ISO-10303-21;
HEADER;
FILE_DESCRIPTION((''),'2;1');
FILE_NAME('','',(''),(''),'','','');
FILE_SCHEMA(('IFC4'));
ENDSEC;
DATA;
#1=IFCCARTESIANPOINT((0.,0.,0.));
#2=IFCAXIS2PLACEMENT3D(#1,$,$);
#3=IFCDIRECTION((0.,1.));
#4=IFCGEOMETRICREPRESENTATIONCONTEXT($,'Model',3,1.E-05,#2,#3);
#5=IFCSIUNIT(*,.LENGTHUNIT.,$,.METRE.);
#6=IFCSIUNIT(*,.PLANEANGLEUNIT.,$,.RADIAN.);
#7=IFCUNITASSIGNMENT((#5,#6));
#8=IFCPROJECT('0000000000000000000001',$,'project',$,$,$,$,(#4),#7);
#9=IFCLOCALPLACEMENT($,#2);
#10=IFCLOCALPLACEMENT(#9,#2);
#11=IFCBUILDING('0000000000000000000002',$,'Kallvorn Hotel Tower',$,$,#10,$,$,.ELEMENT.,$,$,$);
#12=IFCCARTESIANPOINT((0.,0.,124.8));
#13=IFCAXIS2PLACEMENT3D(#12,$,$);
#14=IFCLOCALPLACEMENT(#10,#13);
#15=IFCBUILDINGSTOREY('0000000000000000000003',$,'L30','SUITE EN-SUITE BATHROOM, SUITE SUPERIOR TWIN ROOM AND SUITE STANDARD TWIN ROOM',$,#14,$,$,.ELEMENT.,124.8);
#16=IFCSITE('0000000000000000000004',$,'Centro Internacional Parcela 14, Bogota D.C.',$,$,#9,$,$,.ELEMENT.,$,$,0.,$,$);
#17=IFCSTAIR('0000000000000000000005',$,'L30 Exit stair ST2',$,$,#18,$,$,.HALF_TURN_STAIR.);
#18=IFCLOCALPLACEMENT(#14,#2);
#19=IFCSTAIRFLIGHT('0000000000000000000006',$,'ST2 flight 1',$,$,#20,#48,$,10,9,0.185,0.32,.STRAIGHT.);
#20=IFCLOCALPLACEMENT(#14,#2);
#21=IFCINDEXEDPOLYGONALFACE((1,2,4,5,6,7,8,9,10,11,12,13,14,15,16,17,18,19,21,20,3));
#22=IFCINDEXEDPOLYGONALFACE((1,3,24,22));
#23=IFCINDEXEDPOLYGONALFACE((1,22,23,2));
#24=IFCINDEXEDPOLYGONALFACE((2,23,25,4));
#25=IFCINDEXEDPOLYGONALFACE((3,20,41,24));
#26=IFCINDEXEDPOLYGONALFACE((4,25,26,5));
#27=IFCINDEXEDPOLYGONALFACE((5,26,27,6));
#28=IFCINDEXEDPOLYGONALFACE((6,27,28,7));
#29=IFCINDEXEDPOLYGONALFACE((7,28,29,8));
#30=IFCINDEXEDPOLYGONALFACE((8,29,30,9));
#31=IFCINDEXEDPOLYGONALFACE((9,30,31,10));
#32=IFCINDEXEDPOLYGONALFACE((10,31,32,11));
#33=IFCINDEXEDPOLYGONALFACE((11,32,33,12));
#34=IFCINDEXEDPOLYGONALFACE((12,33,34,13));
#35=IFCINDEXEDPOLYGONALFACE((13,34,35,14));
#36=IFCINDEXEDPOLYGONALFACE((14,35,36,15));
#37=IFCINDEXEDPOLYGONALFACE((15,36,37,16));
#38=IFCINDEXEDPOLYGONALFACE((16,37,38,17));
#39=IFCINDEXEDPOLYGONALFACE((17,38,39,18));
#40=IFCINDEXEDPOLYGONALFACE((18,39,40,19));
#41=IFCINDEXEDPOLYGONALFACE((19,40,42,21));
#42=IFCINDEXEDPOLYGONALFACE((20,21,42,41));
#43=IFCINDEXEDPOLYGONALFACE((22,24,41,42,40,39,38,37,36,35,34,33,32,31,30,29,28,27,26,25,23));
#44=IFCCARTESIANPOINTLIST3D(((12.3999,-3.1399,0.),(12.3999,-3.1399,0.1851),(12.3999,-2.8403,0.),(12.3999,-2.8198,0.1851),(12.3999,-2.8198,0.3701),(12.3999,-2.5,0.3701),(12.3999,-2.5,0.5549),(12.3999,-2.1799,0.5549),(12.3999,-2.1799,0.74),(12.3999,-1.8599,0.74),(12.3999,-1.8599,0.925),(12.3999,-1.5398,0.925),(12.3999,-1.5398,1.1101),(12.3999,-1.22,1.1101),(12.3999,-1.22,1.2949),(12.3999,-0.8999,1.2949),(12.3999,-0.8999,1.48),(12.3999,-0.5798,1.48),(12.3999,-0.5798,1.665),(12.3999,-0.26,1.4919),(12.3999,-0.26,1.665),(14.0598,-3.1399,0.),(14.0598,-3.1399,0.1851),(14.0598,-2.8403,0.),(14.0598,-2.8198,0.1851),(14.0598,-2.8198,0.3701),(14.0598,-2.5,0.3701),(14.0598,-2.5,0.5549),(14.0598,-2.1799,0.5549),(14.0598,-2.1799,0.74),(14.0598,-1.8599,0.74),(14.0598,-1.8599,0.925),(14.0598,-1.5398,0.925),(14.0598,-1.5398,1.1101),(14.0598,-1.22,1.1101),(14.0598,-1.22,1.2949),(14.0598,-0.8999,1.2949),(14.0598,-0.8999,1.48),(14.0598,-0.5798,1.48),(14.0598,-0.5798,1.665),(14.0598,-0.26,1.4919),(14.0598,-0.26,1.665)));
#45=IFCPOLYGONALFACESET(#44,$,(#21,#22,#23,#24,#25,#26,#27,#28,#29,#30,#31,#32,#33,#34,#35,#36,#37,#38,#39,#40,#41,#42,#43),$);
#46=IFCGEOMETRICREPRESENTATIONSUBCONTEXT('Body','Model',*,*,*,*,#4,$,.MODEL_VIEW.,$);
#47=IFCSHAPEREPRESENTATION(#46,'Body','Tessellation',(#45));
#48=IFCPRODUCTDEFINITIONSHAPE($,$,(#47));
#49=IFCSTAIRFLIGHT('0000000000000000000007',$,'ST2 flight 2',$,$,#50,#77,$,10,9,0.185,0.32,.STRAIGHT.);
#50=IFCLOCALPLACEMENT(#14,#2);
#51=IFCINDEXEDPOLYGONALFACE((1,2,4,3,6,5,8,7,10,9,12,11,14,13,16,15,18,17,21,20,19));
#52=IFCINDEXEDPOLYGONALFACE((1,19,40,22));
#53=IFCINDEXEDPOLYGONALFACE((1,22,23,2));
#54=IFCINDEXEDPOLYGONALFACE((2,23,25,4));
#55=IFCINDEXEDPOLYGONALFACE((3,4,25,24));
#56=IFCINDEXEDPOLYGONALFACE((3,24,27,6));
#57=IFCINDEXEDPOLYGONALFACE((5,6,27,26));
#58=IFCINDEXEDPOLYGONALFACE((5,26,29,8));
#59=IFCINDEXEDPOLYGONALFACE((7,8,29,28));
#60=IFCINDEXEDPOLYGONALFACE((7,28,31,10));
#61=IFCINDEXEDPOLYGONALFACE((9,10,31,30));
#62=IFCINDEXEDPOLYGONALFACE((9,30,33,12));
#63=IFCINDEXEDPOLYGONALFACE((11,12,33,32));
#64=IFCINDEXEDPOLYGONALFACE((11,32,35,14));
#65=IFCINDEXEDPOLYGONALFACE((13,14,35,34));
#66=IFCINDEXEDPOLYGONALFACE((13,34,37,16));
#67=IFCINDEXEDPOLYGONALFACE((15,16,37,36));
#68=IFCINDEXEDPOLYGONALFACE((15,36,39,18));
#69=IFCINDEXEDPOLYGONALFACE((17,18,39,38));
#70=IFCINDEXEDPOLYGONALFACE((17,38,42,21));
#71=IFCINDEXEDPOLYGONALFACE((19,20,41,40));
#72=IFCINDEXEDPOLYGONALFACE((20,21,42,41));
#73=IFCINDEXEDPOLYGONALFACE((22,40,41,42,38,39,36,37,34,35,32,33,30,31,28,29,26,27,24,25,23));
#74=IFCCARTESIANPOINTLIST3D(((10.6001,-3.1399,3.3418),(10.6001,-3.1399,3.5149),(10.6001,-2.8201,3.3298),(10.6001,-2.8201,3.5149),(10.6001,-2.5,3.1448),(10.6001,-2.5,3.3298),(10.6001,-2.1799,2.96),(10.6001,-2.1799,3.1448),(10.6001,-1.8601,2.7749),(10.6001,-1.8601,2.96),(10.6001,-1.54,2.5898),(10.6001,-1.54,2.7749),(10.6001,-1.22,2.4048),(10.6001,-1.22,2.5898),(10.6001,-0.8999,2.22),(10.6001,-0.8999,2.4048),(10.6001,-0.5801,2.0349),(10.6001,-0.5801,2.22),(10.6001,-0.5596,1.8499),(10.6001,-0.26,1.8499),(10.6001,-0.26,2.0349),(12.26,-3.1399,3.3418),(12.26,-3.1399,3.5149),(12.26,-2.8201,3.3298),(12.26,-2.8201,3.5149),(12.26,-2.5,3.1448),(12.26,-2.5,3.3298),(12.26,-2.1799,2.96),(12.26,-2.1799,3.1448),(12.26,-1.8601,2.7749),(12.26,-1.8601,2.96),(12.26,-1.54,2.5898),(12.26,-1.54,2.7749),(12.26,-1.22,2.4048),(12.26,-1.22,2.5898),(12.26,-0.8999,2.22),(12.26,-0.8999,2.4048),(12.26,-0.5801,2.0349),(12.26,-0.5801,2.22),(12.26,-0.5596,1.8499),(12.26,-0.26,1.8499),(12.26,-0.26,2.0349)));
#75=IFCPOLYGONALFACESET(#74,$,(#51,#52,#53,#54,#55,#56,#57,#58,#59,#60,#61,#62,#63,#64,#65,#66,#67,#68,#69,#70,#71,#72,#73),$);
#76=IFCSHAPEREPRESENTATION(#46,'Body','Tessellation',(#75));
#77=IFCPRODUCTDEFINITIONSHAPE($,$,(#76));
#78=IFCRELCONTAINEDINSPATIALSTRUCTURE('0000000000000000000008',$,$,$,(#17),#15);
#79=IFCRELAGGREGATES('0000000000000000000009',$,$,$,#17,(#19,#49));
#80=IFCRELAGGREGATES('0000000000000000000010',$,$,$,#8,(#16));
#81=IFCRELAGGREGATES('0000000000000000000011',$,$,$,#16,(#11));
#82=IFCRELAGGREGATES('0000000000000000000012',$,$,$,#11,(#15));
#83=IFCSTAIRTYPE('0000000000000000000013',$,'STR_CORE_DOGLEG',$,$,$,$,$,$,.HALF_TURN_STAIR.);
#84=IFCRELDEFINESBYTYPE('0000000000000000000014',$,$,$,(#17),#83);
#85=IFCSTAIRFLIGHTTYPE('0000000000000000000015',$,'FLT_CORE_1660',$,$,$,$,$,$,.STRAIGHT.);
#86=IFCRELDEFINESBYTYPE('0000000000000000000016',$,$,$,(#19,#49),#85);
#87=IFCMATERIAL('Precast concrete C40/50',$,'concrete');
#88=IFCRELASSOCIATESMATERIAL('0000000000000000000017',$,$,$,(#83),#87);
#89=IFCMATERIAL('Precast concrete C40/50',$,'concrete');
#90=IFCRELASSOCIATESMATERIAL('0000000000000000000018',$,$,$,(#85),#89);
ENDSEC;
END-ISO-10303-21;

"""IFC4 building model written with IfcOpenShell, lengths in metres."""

from ifc_helpers import new_model, si_unit, direction, frame, origin, place, context, subcontext, project, spatial, polyline, outline, extrude, material, type_object, element, aggregate, save


model = new_model("IFC4")

# Units and contexts
model_context = context("Model", 3, precision=1e-05, world=origin(), true_north=direction((0.0, 1.0)))
body_context = subcontext(model_context, "Body", "Model", "MODEL_VIEW")
ifc_project = project(units=[si_unit("LENGTHUNIT", "METRE"), si_unit("PLANEANGLEUNIT", "RADIAN")], contexts=[model_context])

# Site, building, storey
site_placement = place(None, origin())
site = spatial("IfcSite", under=ifc_project, at=site_placement, Name="Centro Internacional Parcela 14, Bogota D.C.", CompositionType="ELEMENT", RefElevation=0.0)
building_placement = place(site_placement, origin())
building = spatial("IfcBuilding", under=site, at=building_placement, Name="Kallvorn Hotel Tower", CompositionType="ELEMENT")
storey_placement = place(building_placement, frame((0.0, 0.0, 124.8)))
storey = spatial("IfcBuildingStorey", under=building, at=storey_placement, Name="L30", Description="SUITE EN-SUITE BATHROOM, SUITE SUPERIOR TWIN ROOM AND SUITE STANDARD TWIN ROOM", CompositionType="ELEMENT", Elevation=124.8)

# Stair, stair flights
ifc_material_1 = material(Name="Precast concrete C40/50", Category="concrete")
stair_type = type_object("IfcStairType", Name="STR_CORE_DOGLEG", PredefinedType="HALF_TURN_STAIR", material=ifc_material_1)
stair_placement = place(storey_placement, origin())
stair = element("IfcStair", 1, at=stair_placement, inside=storey, type_object=stair_type, Name="L30 Exit stair ST2", PredefinedType="HALF_TURN_STAIR")
ifc_material_2 = material(Name="Precast concrete C40/50", Category="concrete")
stair_flight_type = type_object("IfcStairFlightType", Name="FLT_CORE_1660", PredefinedType="STRAIGHT", material=ifc_material_2)
stair_flight_1_placement = place(storey_placement, frame((13.23, -3.1399, 0.0), z_axis=(0.0, 0.0, 1.0), x_axis=(0.0, 1.0, 0.0)))
stair_flight_1 = element("IfcStairFlight", 2, at=stair_flight_1_placement, type_object=stair_flight_type, Name="ST2 flight 1", NumberOfRisers=10, NumberOfTreads=9, PredefinedType="STRAIGHT", RiserHeight=0.185, TreadLength=0.32, context=body_context, shape_type="SweptSolid", body=[
    extrude(outline(polyline([(0.0, 0.0), (0.0, 0.1851), (0.3201, 0.1851), (0.3201, 0.3701), (0.6399, 0.3701), (0.6399, 0.5549), (0.96, 0.5549), (0.96, 0.74), (1.28, 0.74), (1.28, 0.925), (1.6001, 0.925), (1.6001, 1.1101), (1.9199, 1.1101), (1.9199, 1.2949), (2.24, 1.2949), (2.24, 1.48), (2.5601, 1.48), (2.5601, 1.665), (2.8799, 1.665), (2.8799, 1.8501), (2.8799, 1.4919), (0.2996, 0.0), (0.0, 0.0)])), frame((0.0, 0.8301, 0.0), z_axis=(0.0, -1.0, 0.0), x_axis=(1.0, 0.0, 0.0)), (0.0, 0.0, 1.0), 1.6599),
])
stair_flight_2_placement = place(storey_placement, frame((11.4299, -0.26, 1.8499), z_axis=(0.0, 0.0, 1.0), x_axis=(0.0, -1.0, 0.0)))
stair_flight_2 = element("IfcStairFlight", 3, at=stair_flight_2_placement, type_object=stair_flight_type, Name="ST2 flight 2", NumberOfRisers=10, NumberOfTreads=9, PredefinedType="STRAIGHT", RiserHeight=0.185, TreadLength=0.32, context=body_context, shape_type="SweptSolid", body=[
    extrude(outline(polyline([(0.0, 0.0), (0.0, 0.1851), (0.3201, 0.1851), (0.3201, 0.3701), (0.6399, 0.3701), (0.6399, 0.5549), (0.96, 0.5549), (0.96, 0.74), (1.28, 0.74), (1.28, 0.925), (1.6001, 0.925), (1.6001, 1.1101), (1.9199, 1.1101), (1.9199, 1.2949), (2.24, 1.2949), (2.24, 1.48), (2.5601, 1.48), (2.5601, 1.665), (2.8799, 1.665), (2.8799, 1.8501), (2.8799, 1.4919), (0.2996, 0.0), (0.0, 0.0)])), frame((0.0, 0.8301, 0.0), z_axis=(0.0, -1.0, 0.0), x_axis=(1.0, 0.0, 0.0)), (0.0, 0.0, 1.0), 1.6599),
])
aggregate(stair, [stair_flight_1, stair_flight_2])

save(model, "model.ifc")
